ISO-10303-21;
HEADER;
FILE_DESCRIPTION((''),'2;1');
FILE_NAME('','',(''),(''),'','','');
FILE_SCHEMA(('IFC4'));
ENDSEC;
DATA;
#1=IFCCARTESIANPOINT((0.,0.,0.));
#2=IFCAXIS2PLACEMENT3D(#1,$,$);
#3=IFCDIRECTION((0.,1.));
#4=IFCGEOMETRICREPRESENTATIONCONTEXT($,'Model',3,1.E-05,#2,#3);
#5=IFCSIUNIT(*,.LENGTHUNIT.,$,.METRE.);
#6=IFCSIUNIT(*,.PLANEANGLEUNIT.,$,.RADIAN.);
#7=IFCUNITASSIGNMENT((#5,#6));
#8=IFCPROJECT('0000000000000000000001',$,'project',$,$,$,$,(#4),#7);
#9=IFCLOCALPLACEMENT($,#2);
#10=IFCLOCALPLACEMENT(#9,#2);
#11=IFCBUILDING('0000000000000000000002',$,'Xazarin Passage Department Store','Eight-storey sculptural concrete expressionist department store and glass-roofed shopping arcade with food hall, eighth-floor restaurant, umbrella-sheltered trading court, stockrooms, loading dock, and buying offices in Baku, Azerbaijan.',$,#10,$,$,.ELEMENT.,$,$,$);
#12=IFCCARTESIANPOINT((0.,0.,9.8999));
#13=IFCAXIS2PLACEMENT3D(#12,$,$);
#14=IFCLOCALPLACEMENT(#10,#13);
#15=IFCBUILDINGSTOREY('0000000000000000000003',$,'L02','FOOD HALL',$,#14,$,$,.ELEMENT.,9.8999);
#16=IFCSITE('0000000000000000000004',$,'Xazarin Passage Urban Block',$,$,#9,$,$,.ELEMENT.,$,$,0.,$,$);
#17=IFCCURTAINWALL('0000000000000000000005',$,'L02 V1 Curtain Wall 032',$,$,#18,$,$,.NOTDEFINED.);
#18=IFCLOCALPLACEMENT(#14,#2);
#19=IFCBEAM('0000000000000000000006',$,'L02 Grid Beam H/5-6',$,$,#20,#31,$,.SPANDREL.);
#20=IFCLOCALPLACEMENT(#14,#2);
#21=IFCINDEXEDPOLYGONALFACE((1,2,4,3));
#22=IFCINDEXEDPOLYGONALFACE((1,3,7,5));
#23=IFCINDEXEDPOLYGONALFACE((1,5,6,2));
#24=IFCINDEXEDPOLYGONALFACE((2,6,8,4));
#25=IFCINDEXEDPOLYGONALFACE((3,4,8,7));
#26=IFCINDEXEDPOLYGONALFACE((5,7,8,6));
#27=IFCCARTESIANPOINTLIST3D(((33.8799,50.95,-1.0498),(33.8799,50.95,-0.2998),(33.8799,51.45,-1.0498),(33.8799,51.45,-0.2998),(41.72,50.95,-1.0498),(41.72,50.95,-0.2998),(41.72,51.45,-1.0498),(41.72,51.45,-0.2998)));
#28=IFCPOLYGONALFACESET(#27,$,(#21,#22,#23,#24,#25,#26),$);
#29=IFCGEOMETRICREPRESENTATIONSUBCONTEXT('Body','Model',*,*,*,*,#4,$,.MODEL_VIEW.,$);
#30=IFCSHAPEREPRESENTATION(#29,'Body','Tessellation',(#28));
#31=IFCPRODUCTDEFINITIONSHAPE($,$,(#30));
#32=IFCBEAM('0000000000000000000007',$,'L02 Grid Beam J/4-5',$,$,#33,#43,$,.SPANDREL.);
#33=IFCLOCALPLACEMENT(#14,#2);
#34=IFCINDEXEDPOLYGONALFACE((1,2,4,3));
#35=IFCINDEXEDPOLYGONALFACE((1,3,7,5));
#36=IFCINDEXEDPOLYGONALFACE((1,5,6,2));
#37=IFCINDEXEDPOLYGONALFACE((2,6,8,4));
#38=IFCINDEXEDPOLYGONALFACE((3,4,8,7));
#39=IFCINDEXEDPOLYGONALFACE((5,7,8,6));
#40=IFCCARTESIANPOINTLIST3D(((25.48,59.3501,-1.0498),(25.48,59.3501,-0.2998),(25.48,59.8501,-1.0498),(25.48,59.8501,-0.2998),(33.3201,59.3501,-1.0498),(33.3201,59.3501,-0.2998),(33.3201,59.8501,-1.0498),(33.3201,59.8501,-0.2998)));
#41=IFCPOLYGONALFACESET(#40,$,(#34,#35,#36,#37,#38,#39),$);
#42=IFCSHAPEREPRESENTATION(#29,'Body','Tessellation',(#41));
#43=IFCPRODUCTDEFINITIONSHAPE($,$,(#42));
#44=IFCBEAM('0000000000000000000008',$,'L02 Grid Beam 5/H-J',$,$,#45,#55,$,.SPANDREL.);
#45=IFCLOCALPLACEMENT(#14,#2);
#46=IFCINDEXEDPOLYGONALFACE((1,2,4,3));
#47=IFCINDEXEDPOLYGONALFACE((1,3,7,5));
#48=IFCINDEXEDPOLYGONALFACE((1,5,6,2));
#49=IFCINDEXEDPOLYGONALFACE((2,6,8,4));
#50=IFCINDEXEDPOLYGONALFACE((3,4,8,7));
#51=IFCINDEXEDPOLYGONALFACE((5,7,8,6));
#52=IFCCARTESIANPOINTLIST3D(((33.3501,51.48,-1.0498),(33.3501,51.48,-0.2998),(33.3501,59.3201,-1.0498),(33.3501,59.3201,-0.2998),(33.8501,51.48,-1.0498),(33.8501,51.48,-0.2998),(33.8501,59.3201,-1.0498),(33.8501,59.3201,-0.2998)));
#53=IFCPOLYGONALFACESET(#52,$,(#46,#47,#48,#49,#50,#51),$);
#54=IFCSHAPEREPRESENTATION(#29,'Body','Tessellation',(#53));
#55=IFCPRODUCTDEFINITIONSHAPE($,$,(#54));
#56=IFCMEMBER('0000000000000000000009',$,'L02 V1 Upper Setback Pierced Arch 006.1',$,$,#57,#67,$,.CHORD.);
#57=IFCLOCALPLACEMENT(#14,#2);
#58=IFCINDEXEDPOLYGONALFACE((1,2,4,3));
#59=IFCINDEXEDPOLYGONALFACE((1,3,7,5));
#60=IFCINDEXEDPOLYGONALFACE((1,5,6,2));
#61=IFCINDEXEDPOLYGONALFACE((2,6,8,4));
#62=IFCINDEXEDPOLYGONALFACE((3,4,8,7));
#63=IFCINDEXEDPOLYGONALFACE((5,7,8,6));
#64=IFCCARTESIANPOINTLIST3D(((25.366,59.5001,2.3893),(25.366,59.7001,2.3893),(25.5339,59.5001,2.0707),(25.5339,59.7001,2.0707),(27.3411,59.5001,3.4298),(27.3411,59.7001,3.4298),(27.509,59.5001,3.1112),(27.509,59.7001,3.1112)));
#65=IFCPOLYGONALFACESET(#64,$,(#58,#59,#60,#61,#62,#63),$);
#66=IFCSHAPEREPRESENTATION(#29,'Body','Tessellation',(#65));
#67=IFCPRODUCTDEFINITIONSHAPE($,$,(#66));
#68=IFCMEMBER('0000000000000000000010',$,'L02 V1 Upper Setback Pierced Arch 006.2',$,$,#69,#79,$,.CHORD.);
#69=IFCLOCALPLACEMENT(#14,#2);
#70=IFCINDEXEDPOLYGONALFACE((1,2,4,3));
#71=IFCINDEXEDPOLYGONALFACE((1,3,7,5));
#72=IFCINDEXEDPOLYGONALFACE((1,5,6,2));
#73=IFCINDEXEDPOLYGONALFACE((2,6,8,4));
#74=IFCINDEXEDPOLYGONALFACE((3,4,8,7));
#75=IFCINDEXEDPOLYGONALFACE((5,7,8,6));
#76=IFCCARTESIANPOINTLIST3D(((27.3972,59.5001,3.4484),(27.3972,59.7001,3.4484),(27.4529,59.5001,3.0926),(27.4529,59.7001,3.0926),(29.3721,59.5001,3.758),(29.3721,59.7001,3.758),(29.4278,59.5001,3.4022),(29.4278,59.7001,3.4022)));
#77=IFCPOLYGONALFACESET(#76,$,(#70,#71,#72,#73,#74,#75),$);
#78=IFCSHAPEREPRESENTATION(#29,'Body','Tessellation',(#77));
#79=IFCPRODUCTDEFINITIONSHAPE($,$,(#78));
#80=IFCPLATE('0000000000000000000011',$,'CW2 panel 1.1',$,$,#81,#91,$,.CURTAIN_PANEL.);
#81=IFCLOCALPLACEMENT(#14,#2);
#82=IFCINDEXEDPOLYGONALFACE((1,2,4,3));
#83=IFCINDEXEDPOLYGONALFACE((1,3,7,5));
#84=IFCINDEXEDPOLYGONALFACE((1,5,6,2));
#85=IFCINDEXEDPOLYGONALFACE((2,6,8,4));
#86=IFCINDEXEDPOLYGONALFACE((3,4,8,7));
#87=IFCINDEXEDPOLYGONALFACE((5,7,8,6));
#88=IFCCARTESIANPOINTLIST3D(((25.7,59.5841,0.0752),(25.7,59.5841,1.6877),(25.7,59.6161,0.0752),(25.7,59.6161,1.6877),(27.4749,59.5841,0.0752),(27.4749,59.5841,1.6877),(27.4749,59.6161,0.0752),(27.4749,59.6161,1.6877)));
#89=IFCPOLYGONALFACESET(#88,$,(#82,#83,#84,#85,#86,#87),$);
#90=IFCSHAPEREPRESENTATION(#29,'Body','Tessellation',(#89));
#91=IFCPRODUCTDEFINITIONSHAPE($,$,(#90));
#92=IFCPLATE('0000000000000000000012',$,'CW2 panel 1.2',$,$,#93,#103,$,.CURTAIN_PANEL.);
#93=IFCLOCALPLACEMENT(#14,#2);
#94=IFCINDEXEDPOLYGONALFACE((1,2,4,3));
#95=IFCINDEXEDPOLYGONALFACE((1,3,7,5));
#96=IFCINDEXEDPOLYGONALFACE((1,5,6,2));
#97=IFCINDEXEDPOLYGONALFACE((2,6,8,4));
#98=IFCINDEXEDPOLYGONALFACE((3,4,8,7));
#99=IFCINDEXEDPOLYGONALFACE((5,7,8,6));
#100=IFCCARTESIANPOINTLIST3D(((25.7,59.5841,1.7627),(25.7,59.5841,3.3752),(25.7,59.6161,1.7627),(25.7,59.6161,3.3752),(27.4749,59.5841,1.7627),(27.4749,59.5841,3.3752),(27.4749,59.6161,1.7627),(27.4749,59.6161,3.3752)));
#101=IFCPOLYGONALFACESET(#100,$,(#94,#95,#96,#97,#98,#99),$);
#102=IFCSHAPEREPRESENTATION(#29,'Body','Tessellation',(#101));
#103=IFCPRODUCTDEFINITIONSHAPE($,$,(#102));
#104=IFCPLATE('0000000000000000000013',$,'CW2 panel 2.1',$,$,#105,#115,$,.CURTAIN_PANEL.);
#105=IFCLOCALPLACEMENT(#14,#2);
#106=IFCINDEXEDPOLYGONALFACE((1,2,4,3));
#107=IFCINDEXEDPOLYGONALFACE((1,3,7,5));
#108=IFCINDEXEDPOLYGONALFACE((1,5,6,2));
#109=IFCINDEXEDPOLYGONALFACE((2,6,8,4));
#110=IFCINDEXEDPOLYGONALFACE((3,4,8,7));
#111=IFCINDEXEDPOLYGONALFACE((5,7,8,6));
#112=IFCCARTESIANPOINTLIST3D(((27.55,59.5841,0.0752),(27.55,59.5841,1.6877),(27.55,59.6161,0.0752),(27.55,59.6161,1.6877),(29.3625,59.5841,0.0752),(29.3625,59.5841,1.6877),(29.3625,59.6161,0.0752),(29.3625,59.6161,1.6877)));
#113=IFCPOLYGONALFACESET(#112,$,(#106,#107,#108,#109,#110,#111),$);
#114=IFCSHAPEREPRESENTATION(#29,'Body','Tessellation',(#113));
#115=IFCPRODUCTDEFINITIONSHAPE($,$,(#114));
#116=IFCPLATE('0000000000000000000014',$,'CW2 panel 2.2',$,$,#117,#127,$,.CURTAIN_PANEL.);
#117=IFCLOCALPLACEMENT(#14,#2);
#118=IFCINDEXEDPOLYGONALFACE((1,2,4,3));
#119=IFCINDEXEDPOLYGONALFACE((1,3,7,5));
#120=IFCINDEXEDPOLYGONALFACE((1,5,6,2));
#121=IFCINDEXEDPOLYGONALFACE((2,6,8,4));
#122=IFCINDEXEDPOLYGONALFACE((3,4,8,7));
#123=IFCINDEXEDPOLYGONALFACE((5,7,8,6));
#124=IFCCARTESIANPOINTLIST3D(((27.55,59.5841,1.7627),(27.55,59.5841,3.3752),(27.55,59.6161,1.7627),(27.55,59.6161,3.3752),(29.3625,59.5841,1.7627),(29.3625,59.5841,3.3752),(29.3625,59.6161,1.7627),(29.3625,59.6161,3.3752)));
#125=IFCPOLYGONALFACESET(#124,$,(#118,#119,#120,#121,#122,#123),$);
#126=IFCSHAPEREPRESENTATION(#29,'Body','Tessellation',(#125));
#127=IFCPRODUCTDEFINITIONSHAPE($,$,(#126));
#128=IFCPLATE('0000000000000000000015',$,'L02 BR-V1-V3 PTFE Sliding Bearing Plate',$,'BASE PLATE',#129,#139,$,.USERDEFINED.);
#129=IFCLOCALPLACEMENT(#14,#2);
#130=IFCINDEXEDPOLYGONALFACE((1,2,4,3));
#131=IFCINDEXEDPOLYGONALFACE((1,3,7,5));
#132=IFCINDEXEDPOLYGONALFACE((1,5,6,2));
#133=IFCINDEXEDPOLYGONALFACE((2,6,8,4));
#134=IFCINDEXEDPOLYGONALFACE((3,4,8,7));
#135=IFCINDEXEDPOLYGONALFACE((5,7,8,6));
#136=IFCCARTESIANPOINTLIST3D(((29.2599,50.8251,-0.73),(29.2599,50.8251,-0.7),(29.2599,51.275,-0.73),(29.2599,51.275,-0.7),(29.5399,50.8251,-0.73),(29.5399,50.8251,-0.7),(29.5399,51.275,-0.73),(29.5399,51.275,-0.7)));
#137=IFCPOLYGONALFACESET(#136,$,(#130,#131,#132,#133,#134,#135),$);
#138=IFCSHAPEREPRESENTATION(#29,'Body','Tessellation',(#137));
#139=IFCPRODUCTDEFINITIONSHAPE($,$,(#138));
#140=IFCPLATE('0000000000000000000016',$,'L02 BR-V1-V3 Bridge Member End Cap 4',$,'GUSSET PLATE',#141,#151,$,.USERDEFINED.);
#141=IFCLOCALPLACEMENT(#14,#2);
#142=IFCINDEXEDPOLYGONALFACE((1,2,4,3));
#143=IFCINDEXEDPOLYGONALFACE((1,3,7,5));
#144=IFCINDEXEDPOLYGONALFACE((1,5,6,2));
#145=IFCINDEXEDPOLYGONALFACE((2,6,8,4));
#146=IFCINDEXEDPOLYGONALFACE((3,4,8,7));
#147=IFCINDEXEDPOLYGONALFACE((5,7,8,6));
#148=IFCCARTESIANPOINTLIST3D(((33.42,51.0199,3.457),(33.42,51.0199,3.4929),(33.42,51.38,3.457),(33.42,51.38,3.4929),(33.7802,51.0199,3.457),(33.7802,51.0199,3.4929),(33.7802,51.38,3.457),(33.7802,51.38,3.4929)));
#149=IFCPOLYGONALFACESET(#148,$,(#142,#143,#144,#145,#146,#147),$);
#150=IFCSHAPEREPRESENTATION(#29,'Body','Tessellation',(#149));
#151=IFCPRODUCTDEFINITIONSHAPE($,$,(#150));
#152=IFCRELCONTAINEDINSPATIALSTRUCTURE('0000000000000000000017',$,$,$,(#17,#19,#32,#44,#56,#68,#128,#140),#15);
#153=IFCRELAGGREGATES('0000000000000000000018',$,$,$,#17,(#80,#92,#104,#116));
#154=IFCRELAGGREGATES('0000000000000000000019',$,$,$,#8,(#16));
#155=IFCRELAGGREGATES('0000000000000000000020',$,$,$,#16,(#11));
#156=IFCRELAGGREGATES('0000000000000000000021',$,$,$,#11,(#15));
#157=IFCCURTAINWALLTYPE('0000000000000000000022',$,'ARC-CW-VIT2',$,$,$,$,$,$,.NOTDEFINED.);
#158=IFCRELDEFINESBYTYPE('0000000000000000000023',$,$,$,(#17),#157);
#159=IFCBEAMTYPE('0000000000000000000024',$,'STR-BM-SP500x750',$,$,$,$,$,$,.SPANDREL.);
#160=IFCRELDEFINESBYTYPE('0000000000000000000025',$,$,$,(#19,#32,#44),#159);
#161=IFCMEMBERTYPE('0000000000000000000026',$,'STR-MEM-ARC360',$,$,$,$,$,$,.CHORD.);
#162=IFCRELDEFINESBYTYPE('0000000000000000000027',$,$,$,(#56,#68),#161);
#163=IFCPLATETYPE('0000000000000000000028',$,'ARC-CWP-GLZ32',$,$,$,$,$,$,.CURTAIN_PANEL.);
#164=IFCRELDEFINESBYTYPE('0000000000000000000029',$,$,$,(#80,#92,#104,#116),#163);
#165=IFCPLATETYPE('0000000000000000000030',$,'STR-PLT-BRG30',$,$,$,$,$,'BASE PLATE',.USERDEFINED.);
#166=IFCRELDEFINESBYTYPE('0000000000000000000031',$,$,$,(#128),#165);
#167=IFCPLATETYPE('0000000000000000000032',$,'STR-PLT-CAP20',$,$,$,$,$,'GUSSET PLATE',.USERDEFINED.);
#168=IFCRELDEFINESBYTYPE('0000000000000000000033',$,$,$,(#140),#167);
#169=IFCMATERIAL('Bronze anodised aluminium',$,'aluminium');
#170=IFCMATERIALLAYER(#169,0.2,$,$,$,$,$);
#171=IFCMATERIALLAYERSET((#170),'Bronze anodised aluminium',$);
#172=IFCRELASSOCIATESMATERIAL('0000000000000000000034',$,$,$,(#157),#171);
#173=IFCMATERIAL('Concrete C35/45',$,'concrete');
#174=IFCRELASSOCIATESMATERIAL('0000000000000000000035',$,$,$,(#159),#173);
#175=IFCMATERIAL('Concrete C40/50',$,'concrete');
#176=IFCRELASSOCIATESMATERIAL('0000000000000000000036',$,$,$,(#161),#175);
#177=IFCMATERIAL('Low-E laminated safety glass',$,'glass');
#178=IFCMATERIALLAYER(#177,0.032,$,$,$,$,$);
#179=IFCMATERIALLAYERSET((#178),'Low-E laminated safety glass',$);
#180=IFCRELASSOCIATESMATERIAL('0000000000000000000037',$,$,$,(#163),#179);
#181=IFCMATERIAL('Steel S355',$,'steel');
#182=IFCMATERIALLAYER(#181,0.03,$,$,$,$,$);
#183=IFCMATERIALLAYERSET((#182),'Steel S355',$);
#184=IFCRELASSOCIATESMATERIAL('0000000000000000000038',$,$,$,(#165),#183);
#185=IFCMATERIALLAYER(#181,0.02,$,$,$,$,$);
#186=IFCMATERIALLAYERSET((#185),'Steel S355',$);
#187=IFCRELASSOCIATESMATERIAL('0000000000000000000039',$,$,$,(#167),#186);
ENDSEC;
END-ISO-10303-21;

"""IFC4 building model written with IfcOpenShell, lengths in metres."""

from ifc_helpers import new_model, si_unit, direction, frame, origin, origin_2d, place, context, subcontext, project, spatial, rectangle, extrude, material, layer, layer_set, material_profile, profile_set, type_object, element, aggregate, save


model = new_model("IFC4")

# Units and contexts
model_context = context("Model", 3, precision=1e-05, world=origin(), true_north=direction((0.0, 1.0)))
body_context = subcontext(model_context, "Body", "Model", "MODEL_VIEW")
ifc_project = project(units=[si_unit("LENGTHUNIT", "METRE"), si_unit("PLANEANGLEUNIT", "RADIAN")], contexts=[model_context])

# Site, building, storey
site_placement = place(None, origin())
site = spatial("IfcSite", under=ifc_project, at=site_placement, Name="Xazarin Passage Urban Block", CompositionType="ELEMENT", RefElevation=0.0)
building_placement = place(site_placement, origin())
building = spatial("IfcBuilding", under=site, at=building_placement, Name="Xazarin Passage Department Store", Description="Eight-storey sculptural concrete expressionist department store and glass-roofed shopping arcade with food hall, eighth-floor restaurant, umbrella-sheltered trading court, stockrooms, loading dock, and buying offices in Baku, Azerbaijan.", CompositionType="ELEMENT")
storey_placement = place(building_placement, frame((0.0, 0.0, 9.8999)))
storey = spatial("IfcBuildingStorey", under=building, at=storey_placement, Name="L02", Description="FOOD HALL", CompositionType="ELEMENT", Elevation=9.8999)

# Shared definitions
ifc_material_1 = material(Name="Bronze anodised aluminium", Category="aluminium")

# Curtain wall
ifc_layer_1 = layer(ifc_material_1, 0.2)
ifc_layer_set_1 = layer_set([ifc_layer_1], Name="Bronze anodised aluminium")
curtain_wall_type_1 = type_object("IfcCurtainWallType", Name="ARC-CW-VIT2", PredefinedType="NOTDEFINED", material=ifc_layer_set_1)
curtain_wall_1_placement = place(storey_placement, origin())
curtain_wall_1 = element("IfcCurtainWall", 1, at=curtain_wall_1_placement, inside=storey, type_object=curtain_wall_type_1, Name="L02 V1 Curtain Wall 032", PredefinedType="NOTDEFINED")

# Beams
ifc_material_2 = material(Name="Concrete C35/45", Category="concrete")
ifc_material_profile_1 = material_profile(ifc_material_2, rectangle(XDim=0.5, YDim=0.75, at=origin_2d()), Name="RC 500x750")
ifc_profile_set_1 = profile_set([ifc_material_profile_1], Name="Concrete C35/45")
beam_type = type_object("IfcBeamType", Name="STR-BM-SP500x750", PredefinedType="SPANDREL", material=ifc_profile_set_1)
for number, where, z_axis, x_axis, name in (
    (2, (33.8799, 51.2, -0.6748), (1.0, 0.0, 0.0), (0.0, 1.0, 0.0), "L02 Grid Beam H/5-6"),
    (3, (25.48, 59.6001, -0.6748), (1.0, 0.0, 0.0), (0.0, 1.0, 0.0), "L02 Grid Beam J/4-5"),
    (4, (33.6001, 51.48, -0.6748), (0.0, 1.0, 0.0), (-1.0, 0.0, 0.0), "L02 Grid Beam 5/H-J"),
):
    element("IfcBeam", number, at=place(storey_placement, frame(where, z_axis=z_axis, x_axis=x_axis)), inside=storey, type_object=beam_type, Name=name, PredefinedType="SPANDREL", context=body_context, shape_type="SweptSolid", body=[
        extrude(rectangle(XDim=0.5, YDim=0.75, at=origin_2d()), origin(), (0.0, 0.0, 1.0), 7.8401),
    ])

# Members
ifc_material_3 = material(Name="Concrete C40/50", Category="concrete")
ifc_material_profile_2 = material_profile(ifc_material_3, rectangle(XDim=0.2, YDim=0.3601, at=origin_2d()), Name="RC 200x360")
ifc_profile_set_2 = profile_set([ifc_material_profile_2], Name="Concrete C40/50")
member_type_1 = type_object("IfcMemberType", Name="STR-MEM-ARC360", PredefinedType="CHORD", material=ifc_profile_set_2)
member_1_placement = place(storey_placement, frame((25.45, 59.6001, 2.23), z_axis=(0.884733, 0.0, 0.466098), x_axis=(0.0, 1.0, 0.0)))
element("IfcMember", 5, at=member_1_placement, inside=storey, type_object=member_type_1, Name="L02 V1 Upper Setback Pierced Arch 006.1", PredefinedType="CHORD", context=body_context, shape_type="SweptSolid", body=[
    extrude(rectangle(XDim=0.2, YDim=0.3601, at=origin_2d()), origin(), (0.0, 0.0, 1.0), 2.2324),
])
member_2_placement = place(storey_placement, frame((27.425, 59.6001, 3.2705), z_axis=(0.987936, 0.0, 0.154865), x_axis=(0.0, 1.0, 0.0)))
element("IfcMember", 6, at=member_2_placement, inside=storey, type_object=member_type_1, Name="L02 V1 Upper Setback Pierced Arch 006.2", PredefinedType="CHORD", context=body_context, shape_type="SweptSolid", body=[
    extrude(rectangle(XDim=0.2, YDim=0.3601, at=origin_2d()), origin(), (0.0, 0.0, 1.0), 1.999),
])

# Plates
ifc_material_4 = material(Name="Low-E laminated safety glass", Category="glass")
ifc_layer_2 = layer(ifc_material_4, 0.032)
ifc_layer_set_2 = layer_set([ifc_layer_2], Name="Low-E laminated safety glass")
plate_type_1 = type_object("IfcPlateType", Name="ARC-CWP-GLZ32", PredefinedType="CURTAIN_PANEL", material=ifc_layer_set_2)
plate_1_placement = place(storey_placement, frame((26.5874, 59.6001, 0.0752), z_axis=(0.0, 0.0, 1.0), x_axis=(1.0, 0.0, 0.0)))
plate_1 = element("IfcPlate", 7, at=plate_1_placement, type_object=plate_type_1, Name="CW2 panel 1.1", PredefinedType="CURTAIN_PANEL", context=body_context, shape_type="SweptSolid", body=[
    extrude(rectangle(XDim=1.7749, YDim=0.032, at=origin_2d()), origin(), (0.0, 0.0, 1.0), 1.6125),
])
plate_2_placement = place(storey_placement, frame((26.5874, 59.6001, 1.7627), z_axis=(0.0, 0.0, 1.0), x_axis=(1.0, 0.0, 0.0)))
plate_2 = element("IfcPlate", 8, at=plate_2_placement, type_object=plate_type_1, Name="CW2 panel 1.2", PredefinedType="CURTAIN_PANEL", context=body_context, shape_type="SweptSolid", body=[
    extrude(rectangle(XDim=1.7749, YDim=0.032, at=origin_2d()), origin(), (0.0, 0.0, 1.0), 1.6125),
])
plate_3_placement = place(storey_placement, frame((28.4563, 59.6001, 0.0752), z_axis=(0.0, 0.0, 1.0), x_axis=(1.0, 0.0, 0.0)))
plate_3 = element("IfcPlate", 9, at=plate_3_placement, type_object=plate_type_1, Name="CW2 panel 2.1", PredefinedType="CURTAIN_PANEL", context=body_context, shape_type="SweptSolid", body=[
    extrude(rectangle(XDim=1.8125, YDim=0.032, at=origin_2d()), origin(), (0.0, 0.0, 1.0), 1.6125),
])
plate_4_placement = place(storey_placement, frame((28.4563, 59.6001, 1.7627), z_axis=(0.0, 0.0, 1.0), x_axis=(1.0, 0.0, 0.0)))
plate_4 = element("IfcPlate", 10, at=plate_4_placement, type_object=plate_type_1, Name="CW2 panel 2.2", PredefinedType="CURTAIN_PANEL", context=body_context, shape_type="SweptSolid", body=[
    extrude(rectangle(XDim=1.8125, YDim=0.032, at=origin_2d()), origin(), (0.0, 0.0, 1.0), 1.6125),
])
aggregate(curtain_wall_1, [plate_1, plate_2, plate_3, plate_4])

# Plates
ifc_material_5 = material(Name="Steel S355", Category="steel")
ifc_layer_3 = layer(ifc_material_5, 0.03)
ifc_layer_set_3 = layer_set([ifc_layer_3], Name="Steel S355")
plate_type_2 = type_object("IfcPlateType", Name="STR-PLT-BRG30", ElementType="BASE PLATE", PredefinedType="USERDEFINED", material=ifc_layer_set_3)
plate_5_placement = place(storey_placement, frame((29.3999, 51.05, -0.73), z_axis=(0.0, 0.0, 1.0), x_axis=(1.0, 0.0, 0.0)))
element("IfcPlate", 11, at=plate_5_placement, inside=storey, type_object=plate_type_2, Name="L02 BR-V1-V3 PTFE Sliding Bearing Plate", ObjectType="BASE PLATE", PredefinedType="USERDEFINED", context=body_context, shape_type="SweptSolid", body=[
    extrude(rectangle(XDim=0.28, YDim=0.45, at=origin_2d()), origin(), (0.0, 0.0, 1.0), 0.03),
])
ifc_layer_4 = layer(ifc_material_5, 0.02)
ifc_layer_set_4 = layer_set([ifc_layer_4], Name="Steel S355")
plate_type_3 = type_object("IfcPlateType", Name="STR-PLT-CAP20", ElementType="GUSSET PLATE", PredefinedType="USERDEFINED", material=ifc_layer_set_4)
plate_6_placement = place(storey_placement, frame((33.6001, 51.2, 3.457), z_axis=(0.0, 0.0, 1.0), x_axis=(1.0, 0.0, 0.0)))
element("IfcPlate", 12, at=plate_6_placement, inside=storey, type_object=plate_type_3, Name="L02 BR-V1-V3 Bridge Member End Cap 4", ObjectType="GUSSET PLATE", PredefinedType="USERDEFINED", context=body_context, shape_type="SweptSolid", body=[
    extrude(rectangle(XDim=0.3601, YDim=0.3601, at=origin_2d()), origin(), (0.0, 0.0, 1.0), 0.0359),
])

save(model, "model.ifc")
